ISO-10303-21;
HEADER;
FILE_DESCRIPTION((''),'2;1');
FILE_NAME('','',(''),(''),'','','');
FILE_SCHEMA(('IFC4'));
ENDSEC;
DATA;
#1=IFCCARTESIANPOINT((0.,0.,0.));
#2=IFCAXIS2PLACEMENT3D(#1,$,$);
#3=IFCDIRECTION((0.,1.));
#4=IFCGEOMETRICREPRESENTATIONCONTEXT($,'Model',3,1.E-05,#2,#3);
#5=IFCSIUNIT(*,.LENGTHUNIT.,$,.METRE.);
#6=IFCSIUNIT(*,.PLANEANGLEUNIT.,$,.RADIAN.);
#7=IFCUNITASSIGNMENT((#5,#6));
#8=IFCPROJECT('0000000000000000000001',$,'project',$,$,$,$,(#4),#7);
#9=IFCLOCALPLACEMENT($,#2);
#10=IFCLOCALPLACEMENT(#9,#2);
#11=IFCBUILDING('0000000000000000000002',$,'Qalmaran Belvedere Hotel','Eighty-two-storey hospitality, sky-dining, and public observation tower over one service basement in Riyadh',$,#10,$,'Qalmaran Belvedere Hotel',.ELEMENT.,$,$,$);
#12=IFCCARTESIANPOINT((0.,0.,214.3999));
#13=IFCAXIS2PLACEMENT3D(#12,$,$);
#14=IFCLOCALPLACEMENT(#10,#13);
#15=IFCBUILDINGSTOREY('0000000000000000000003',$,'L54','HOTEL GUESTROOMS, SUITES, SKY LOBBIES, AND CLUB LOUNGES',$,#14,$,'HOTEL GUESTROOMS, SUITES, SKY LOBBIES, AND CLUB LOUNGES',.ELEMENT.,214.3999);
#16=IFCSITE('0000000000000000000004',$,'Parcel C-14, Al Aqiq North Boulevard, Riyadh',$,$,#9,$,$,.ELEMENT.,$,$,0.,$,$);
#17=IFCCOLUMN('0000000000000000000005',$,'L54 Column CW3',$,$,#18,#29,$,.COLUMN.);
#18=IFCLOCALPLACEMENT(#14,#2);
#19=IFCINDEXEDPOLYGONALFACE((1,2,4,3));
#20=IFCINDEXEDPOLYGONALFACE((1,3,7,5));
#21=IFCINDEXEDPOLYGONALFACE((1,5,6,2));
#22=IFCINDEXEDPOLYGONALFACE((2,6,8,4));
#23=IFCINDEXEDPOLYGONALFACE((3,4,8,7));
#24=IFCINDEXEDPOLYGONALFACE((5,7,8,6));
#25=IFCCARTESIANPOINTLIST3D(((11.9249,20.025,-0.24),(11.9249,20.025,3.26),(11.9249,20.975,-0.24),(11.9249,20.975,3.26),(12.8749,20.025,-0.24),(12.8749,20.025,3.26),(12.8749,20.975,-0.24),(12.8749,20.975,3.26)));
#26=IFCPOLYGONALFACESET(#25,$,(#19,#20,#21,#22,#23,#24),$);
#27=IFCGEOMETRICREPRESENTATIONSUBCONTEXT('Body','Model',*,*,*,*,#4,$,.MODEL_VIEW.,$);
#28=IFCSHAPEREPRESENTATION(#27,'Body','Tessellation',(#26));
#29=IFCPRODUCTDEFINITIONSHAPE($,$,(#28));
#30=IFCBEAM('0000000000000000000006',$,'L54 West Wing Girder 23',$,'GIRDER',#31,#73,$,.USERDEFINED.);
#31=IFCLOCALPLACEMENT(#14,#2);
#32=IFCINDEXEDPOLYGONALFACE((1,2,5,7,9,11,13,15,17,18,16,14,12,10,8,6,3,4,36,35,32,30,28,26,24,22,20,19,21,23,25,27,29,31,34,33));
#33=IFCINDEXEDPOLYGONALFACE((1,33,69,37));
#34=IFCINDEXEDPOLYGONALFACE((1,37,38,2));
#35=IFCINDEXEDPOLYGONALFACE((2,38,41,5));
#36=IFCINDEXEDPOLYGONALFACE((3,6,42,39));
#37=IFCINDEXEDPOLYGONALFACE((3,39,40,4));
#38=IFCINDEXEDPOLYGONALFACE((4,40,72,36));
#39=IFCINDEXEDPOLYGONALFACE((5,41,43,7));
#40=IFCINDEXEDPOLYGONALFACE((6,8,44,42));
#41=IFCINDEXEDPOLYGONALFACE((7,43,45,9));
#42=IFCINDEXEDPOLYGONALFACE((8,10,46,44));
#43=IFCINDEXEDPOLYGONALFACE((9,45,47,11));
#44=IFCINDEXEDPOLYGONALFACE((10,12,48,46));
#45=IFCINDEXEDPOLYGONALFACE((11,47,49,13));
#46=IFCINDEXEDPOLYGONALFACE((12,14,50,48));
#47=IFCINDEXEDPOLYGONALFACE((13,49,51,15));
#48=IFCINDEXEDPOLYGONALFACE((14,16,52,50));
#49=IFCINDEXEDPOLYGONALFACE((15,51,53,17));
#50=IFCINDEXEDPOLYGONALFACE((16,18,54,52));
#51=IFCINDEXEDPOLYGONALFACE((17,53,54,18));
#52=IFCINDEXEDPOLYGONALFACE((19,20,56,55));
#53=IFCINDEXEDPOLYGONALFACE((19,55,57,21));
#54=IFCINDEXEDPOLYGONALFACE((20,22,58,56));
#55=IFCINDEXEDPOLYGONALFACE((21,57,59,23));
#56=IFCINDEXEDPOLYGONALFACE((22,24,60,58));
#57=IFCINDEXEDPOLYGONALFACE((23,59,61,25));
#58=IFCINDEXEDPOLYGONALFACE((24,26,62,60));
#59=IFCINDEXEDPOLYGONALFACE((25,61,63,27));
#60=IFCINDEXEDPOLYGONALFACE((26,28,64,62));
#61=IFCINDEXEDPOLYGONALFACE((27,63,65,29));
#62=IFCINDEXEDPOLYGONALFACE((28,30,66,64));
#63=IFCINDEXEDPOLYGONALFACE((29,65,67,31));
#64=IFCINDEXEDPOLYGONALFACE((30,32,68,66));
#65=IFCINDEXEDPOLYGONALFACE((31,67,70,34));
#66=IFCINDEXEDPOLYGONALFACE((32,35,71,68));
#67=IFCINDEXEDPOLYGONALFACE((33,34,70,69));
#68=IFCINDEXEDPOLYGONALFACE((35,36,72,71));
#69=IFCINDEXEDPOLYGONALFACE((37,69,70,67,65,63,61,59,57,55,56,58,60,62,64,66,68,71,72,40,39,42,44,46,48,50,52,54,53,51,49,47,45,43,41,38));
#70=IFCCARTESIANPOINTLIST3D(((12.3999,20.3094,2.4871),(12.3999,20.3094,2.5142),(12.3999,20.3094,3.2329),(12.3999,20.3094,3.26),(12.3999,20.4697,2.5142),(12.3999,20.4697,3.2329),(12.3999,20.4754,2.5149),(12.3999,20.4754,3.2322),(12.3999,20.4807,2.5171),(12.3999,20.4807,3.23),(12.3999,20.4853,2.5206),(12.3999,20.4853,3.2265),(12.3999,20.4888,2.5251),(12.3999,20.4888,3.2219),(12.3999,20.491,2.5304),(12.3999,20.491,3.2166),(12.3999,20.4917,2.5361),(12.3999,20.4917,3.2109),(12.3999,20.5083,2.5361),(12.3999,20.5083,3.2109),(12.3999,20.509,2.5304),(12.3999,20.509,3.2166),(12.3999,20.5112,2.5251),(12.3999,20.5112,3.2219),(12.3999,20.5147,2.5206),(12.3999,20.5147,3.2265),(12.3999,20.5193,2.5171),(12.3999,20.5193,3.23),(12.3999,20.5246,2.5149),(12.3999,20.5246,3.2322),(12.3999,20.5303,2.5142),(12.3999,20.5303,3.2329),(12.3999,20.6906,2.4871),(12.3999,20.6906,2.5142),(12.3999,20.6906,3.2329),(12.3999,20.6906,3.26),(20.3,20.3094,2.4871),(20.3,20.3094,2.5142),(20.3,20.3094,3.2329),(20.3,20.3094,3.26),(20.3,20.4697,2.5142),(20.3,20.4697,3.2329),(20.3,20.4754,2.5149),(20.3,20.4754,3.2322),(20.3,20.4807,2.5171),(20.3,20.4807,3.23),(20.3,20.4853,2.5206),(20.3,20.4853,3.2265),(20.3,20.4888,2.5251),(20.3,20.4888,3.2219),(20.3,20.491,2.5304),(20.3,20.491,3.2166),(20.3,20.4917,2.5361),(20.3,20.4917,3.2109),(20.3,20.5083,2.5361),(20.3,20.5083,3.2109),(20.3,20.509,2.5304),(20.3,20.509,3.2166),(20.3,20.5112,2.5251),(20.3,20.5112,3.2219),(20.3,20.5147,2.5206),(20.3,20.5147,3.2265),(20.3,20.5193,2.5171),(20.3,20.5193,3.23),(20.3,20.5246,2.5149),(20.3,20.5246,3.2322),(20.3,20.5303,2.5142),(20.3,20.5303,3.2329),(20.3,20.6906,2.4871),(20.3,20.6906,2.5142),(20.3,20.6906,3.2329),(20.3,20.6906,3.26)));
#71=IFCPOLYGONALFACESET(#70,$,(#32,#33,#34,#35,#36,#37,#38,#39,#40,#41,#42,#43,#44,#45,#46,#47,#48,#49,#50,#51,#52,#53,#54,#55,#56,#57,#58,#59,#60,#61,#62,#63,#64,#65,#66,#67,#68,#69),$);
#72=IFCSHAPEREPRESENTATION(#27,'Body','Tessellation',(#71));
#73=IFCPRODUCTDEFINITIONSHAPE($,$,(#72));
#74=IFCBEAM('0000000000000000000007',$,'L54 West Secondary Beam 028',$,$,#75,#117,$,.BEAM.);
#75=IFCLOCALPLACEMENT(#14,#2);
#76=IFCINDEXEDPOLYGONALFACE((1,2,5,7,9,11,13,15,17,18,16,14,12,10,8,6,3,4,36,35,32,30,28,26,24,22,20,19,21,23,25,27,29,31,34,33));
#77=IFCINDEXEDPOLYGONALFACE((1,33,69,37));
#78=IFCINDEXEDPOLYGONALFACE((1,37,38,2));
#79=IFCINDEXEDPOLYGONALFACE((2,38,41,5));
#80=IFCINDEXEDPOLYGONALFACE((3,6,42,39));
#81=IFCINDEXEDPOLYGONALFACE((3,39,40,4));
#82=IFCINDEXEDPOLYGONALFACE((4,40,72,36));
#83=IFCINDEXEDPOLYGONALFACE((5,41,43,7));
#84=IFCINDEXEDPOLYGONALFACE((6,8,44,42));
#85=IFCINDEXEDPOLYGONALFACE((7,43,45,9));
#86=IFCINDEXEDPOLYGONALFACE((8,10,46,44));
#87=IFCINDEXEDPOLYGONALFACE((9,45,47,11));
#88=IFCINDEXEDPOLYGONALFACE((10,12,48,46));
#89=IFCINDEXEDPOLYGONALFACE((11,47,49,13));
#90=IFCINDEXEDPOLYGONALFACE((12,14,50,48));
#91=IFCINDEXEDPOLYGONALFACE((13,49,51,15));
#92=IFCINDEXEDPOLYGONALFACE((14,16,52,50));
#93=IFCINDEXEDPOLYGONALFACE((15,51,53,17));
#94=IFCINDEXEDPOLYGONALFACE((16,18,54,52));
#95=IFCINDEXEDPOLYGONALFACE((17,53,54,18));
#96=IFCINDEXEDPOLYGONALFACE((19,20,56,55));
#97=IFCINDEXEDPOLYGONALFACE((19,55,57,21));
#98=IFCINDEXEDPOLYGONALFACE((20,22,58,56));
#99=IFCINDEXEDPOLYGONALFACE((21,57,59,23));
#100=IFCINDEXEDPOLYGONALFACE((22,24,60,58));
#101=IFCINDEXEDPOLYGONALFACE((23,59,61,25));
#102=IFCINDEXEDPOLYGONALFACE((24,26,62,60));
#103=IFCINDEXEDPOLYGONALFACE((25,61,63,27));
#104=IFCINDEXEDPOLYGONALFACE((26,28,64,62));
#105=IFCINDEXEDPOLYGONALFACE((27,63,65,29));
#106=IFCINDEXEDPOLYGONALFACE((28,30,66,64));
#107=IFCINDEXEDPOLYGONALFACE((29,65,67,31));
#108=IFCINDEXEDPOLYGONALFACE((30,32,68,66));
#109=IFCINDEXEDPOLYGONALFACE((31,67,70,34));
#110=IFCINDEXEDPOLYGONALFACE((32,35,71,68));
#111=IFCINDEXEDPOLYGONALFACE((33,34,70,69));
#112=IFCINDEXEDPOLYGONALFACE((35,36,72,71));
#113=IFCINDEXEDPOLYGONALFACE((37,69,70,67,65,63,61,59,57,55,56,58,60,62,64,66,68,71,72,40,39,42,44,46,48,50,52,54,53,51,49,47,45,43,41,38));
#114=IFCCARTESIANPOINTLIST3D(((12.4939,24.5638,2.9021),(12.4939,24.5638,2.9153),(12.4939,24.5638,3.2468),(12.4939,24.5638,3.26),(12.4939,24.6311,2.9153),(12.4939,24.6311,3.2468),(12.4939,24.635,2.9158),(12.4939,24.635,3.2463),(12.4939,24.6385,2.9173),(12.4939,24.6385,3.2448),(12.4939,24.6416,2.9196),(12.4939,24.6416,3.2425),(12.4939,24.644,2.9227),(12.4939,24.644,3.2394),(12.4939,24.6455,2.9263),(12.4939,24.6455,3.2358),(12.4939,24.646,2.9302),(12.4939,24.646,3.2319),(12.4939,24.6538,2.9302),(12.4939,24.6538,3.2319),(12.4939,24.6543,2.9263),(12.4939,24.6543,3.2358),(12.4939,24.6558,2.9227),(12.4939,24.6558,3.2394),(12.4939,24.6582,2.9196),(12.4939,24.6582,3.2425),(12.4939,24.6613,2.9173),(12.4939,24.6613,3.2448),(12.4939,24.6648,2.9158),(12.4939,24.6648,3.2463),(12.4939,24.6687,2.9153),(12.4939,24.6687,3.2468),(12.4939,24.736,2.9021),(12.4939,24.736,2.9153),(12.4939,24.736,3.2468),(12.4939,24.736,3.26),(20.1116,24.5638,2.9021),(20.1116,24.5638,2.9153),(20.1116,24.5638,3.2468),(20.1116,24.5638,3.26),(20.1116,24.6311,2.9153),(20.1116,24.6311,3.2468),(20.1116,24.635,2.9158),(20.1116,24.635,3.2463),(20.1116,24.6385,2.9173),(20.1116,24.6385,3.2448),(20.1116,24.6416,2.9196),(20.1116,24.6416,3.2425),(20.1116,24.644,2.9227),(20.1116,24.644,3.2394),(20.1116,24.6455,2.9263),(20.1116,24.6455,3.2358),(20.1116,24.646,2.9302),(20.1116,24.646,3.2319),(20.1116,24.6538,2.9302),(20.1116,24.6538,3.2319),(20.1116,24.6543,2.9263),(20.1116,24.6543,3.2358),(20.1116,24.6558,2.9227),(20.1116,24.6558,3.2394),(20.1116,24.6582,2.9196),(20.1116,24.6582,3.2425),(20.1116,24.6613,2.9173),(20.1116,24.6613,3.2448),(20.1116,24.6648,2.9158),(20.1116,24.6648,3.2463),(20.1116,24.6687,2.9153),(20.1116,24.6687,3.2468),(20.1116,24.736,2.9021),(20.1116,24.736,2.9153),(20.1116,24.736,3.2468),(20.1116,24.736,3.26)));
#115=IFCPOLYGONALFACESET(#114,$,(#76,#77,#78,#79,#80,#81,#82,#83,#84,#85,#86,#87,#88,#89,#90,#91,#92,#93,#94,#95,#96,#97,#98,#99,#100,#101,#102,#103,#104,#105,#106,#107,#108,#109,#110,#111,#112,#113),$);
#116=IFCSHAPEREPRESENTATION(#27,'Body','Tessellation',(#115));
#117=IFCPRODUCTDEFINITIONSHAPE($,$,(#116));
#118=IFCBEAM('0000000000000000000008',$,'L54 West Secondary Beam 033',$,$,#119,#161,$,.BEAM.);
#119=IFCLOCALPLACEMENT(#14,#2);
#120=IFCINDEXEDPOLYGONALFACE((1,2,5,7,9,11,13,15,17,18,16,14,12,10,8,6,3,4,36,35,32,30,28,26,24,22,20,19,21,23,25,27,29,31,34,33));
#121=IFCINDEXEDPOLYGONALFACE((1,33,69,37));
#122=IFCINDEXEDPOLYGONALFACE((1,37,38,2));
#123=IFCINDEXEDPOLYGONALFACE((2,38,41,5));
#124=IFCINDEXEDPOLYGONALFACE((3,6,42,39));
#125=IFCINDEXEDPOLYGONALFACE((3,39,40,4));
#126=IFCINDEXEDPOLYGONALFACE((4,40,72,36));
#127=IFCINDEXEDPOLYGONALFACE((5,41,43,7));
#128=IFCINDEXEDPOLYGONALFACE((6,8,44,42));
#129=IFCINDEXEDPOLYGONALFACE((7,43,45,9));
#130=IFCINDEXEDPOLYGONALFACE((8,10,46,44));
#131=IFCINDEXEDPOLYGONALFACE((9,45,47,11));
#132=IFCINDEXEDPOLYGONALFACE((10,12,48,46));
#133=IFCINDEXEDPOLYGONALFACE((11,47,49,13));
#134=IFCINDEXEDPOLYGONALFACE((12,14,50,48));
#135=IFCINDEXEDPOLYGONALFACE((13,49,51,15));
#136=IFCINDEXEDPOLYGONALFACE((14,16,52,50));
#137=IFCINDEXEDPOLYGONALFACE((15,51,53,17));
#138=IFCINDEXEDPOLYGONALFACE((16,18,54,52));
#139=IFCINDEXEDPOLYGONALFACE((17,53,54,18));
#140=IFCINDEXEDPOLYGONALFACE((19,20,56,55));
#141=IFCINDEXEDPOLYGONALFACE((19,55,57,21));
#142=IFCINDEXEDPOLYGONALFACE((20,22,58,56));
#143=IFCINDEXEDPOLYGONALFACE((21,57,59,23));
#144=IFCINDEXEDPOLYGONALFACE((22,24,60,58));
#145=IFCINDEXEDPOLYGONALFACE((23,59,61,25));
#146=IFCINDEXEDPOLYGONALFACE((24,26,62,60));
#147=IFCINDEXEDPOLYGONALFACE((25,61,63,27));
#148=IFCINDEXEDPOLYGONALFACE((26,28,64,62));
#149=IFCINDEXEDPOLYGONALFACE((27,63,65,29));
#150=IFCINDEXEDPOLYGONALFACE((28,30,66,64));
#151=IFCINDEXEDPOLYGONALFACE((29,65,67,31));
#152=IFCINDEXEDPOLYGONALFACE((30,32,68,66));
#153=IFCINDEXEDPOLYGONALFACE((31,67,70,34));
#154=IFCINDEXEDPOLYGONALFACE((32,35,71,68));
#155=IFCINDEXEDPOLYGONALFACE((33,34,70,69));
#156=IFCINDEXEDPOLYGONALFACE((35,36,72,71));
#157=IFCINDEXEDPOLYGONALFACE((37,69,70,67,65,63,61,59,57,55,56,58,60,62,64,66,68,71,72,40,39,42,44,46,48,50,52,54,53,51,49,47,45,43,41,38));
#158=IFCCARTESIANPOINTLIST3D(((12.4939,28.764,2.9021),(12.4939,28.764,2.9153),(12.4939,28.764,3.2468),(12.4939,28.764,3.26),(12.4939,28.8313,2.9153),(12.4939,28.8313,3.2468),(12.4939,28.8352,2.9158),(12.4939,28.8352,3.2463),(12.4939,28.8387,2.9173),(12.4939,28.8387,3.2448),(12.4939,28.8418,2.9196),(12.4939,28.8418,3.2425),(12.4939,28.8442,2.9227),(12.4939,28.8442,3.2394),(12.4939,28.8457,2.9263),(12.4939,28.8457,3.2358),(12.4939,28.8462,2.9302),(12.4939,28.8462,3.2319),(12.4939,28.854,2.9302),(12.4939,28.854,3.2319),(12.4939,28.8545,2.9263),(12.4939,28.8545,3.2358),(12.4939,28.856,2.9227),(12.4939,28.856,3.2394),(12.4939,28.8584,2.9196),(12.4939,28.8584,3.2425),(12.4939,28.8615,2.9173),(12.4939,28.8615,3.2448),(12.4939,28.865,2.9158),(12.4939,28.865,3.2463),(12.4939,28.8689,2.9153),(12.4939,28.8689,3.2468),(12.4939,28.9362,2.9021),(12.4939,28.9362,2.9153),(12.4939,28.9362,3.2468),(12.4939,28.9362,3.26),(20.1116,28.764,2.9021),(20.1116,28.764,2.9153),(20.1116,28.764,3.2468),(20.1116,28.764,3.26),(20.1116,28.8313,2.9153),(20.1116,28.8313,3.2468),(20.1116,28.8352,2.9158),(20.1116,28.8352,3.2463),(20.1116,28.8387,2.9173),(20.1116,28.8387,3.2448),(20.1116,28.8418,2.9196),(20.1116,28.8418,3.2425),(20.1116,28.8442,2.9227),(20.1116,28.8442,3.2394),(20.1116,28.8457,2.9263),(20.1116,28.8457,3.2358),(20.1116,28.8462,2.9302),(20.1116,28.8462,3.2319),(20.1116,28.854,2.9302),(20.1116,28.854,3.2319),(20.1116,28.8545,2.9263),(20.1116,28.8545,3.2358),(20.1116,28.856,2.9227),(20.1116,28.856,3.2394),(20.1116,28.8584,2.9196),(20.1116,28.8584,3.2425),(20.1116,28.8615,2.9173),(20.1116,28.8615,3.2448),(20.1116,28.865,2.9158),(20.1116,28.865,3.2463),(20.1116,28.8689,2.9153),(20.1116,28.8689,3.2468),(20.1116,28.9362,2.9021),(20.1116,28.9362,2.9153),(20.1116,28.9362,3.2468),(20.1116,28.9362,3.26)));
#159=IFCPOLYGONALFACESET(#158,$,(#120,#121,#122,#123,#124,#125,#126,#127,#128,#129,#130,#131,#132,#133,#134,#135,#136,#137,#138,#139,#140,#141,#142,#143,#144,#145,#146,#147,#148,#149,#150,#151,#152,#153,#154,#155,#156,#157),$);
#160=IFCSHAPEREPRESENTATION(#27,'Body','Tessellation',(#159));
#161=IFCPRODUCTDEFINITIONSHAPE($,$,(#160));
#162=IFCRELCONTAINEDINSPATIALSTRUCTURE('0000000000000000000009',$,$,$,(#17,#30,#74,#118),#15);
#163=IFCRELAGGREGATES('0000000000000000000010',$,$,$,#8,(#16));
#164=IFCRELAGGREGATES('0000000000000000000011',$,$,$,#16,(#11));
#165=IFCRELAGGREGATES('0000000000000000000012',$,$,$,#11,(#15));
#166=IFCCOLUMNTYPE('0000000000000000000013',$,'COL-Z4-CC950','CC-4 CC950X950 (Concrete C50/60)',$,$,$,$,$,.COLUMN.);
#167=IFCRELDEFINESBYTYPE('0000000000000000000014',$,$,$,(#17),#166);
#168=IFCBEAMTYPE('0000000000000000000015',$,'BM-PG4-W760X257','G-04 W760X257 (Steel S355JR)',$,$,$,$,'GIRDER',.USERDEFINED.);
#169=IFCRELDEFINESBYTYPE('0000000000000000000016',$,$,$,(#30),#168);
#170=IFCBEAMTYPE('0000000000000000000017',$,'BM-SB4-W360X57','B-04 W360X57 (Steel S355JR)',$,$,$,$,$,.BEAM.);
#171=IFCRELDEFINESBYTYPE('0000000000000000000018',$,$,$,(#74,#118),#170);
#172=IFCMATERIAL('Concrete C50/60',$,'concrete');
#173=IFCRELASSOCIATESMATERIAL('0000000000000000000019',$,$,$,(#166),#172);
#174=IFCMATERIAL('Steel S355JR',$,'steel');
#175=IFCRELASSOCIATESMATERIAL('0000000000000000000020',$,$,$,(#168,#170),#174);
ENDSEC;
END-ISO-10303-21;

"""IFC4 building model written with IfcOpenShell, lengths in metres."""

from ifc_helpers import new_model, si_unit, direction, frame, origin, origin_2d, place, context, subcontext, project, spatial, rectangle, i_section, extrude, material, material_profile, profile_set, type_object, element, save


model = new_model("IFC4")

# Units and contexts
model_context = context("Model", 3, precision=1e-05, world=origin(), true_north=direction((0.0, 1.0)))
body_context = subcontext(model_context, "Body", "Model", "MODEL_VIEW")
ifc_project = project(units=[si_unit("LENGTHUNIT", "METRE"), si_unit("PLANEANGLEUNIT", "RADIAN")], contexts=[model_context])

# Site, building, storey
site_placement = place(None, origin())
site = spatial("IfcSite", under=ifc_project, at=site_placement, Name="Parcel C-14, Al Aqiq North Boulevard, Riyadh", CompositionType="ELEMENT", RefElevation=0.0)
building_placement = place(site_placement, origin())
building = spatial("IfcBuilding", under=site, at=building_placement, Name="Qalmaran Belvedere Hotel", Description="Eighty-two-storey hospitality, sky-dining, and public observation tower over one service basement in Riyadh", LongName="Qalmaran Belvedere Hotel", CompositionType="ELEMENT")
storey_placement = place(building_placement, frame((0.0, 0.0, 214.3999)))
storey = spatial("IfcBuildingStorey", under=building, at=storey_placement, Name="L54", Description="HOTEL GUESTROOMS, SUITES, SKY LOBBIES, AND CLUB LOUNGES", LongName="HOTEL GUESTROOMS, SUITES, SKY LOBBIES, AND CLUB LOUNGES", CompositionType="ELEMENT", Elevation=214.3999)

# Column
ifc_material_1 = material(Name="Concrete C50/60", Category="concrete")
ifc_material_profile_1 = material_profile(ifc_material_1, rectangle(XDim=0.95, YDim=0.95, at=origin_2d()), Name="CC950X950")
ifc_profile_set_1 = profile_set([ifc_material_profile_1], Name="Concrete C50/60")
column_type = type_object("IfcColumnType", Name="COL-Z4-CC950", Description="CC-4 CC950X950 (Concrete C50/60)", PredefinedType="COLUMN", material=ifc_profile_set_1)
column_placement = place(storey_placement, frame((12.3999, 20.5, -0.24), z_axis=(0.0, 0.0, 1.0), x_axis=(1.0, 0.0, 0.0)))
element("IfcColumn", 1, at=column_placement, inside=storey, type_object=column_type, Name="L54 Column CW3", PredefinedType="COLUMN", context=body_context, shape_type="SweptSolid", body=[
    extrude(rectangle(XDim=0.95, YDim=0.95, at=origin_2d()), origin(), (0.0, 0.0, 1.0), 3.5),
])

# Beams
ifc_material_2 = material(Name="Steel S355JR", Category="steel")
ifc_material_profile_2 = material_profile(ifc_material_2, i_section(OverallWidth=0.3811, OverallDepth=0.7729, WebThickness=0.0166, FlangeThickness=0.0271, FilletRadius=0.022, at=origin_2d()), Name="W760X257")
ifc_profile_set_2 = profile_set([ifc_material_profile_2], Name="Steel S355JR")
beam_type_1 = type_object("IfcBeamType", Name="BM-PG4-W760X257", Description="G-04 W760X257 (Steel S355JR)", ElementType="GIRDER", PredefinedType="USERDEFINED", material=ifc_profile_set_2)
beam_1_placement = place(storey_placement, frame((12.3999, 20.5, 2.8735), z_axis=(1.0, 0.0, 0.0), x_axis=(0.0, 1.0, 0.0)))
element("IfcBeam", 2, at=beam_1_placement, inside=storey, type_object=beam_type_1, Name="L54 West Wing Girder 23", ObjectType="GIRDER", PredefinedType="USERDEFINED", context=body_context, shape_type="SweptSolid", body=[
    extrude(i_section(OverallWidth=0.3811, OverallDepth=0.7729, WebThickness=0.0166, FlangeThickness=0.0271, FilletRadius=0.022, at=origin_2d()), origin(), (0.0, 0.0, 1.0), 7.9001),
])
ifc_material_profile_3 = material_profile(ifc_material_2, i_section(OverallWidth=0.1721, OverallDepth=0.3579, WebThickness=0.0078, FlangeThickness=0.0132, FilletRadius=0.0149, at=origin_2d()), Name="W360X57")
ifc_profile_set_3 = profile_set([ifc_material_profile_3], Name="Steel S355JR")
beam_type_2 = type_object("IfcBeamType", Name="BM-SB4-W360X57", Description="B-04 W360X57 (Steel S355JR)", PredefinedType="BEAM", material=ifc_profile_set_3)
for number, where, z_axis, x_axis, name in (
    (3, (12.4939, 24.6499, 3.0811), (1.0, 0.0, 0.0), (0.0, 1.0, 0.0), "L54 West Secondary Beam 028"),
    (4, (12.4939, 28.8501, 3.0811), (1.0, 0.0, 0.0), (0.0, 1.0, 0.0), "L54 West Secondary Beam 033"),
):
    element("IfcBeam", number, at=place(storey_placement, frame(where, z_axis=z_axis, x_axis=x_axis)), inside=storey, type_object=beam_type_2, Name=name, PredefinedType="BEAM", context=body_context, shape_type="SweptSolid", body=[
        extrude(i_section(OverallWidth=0.1721, OverallDepth=0.3579, WebThickness=0.0078, FlangeThickness=0.0132, FilletRadius=0.0149, at=origin_2d()), origin(), (0.0, 0.0, 1.0), 7.6177),
    ])

save(model, "model.ifc")
